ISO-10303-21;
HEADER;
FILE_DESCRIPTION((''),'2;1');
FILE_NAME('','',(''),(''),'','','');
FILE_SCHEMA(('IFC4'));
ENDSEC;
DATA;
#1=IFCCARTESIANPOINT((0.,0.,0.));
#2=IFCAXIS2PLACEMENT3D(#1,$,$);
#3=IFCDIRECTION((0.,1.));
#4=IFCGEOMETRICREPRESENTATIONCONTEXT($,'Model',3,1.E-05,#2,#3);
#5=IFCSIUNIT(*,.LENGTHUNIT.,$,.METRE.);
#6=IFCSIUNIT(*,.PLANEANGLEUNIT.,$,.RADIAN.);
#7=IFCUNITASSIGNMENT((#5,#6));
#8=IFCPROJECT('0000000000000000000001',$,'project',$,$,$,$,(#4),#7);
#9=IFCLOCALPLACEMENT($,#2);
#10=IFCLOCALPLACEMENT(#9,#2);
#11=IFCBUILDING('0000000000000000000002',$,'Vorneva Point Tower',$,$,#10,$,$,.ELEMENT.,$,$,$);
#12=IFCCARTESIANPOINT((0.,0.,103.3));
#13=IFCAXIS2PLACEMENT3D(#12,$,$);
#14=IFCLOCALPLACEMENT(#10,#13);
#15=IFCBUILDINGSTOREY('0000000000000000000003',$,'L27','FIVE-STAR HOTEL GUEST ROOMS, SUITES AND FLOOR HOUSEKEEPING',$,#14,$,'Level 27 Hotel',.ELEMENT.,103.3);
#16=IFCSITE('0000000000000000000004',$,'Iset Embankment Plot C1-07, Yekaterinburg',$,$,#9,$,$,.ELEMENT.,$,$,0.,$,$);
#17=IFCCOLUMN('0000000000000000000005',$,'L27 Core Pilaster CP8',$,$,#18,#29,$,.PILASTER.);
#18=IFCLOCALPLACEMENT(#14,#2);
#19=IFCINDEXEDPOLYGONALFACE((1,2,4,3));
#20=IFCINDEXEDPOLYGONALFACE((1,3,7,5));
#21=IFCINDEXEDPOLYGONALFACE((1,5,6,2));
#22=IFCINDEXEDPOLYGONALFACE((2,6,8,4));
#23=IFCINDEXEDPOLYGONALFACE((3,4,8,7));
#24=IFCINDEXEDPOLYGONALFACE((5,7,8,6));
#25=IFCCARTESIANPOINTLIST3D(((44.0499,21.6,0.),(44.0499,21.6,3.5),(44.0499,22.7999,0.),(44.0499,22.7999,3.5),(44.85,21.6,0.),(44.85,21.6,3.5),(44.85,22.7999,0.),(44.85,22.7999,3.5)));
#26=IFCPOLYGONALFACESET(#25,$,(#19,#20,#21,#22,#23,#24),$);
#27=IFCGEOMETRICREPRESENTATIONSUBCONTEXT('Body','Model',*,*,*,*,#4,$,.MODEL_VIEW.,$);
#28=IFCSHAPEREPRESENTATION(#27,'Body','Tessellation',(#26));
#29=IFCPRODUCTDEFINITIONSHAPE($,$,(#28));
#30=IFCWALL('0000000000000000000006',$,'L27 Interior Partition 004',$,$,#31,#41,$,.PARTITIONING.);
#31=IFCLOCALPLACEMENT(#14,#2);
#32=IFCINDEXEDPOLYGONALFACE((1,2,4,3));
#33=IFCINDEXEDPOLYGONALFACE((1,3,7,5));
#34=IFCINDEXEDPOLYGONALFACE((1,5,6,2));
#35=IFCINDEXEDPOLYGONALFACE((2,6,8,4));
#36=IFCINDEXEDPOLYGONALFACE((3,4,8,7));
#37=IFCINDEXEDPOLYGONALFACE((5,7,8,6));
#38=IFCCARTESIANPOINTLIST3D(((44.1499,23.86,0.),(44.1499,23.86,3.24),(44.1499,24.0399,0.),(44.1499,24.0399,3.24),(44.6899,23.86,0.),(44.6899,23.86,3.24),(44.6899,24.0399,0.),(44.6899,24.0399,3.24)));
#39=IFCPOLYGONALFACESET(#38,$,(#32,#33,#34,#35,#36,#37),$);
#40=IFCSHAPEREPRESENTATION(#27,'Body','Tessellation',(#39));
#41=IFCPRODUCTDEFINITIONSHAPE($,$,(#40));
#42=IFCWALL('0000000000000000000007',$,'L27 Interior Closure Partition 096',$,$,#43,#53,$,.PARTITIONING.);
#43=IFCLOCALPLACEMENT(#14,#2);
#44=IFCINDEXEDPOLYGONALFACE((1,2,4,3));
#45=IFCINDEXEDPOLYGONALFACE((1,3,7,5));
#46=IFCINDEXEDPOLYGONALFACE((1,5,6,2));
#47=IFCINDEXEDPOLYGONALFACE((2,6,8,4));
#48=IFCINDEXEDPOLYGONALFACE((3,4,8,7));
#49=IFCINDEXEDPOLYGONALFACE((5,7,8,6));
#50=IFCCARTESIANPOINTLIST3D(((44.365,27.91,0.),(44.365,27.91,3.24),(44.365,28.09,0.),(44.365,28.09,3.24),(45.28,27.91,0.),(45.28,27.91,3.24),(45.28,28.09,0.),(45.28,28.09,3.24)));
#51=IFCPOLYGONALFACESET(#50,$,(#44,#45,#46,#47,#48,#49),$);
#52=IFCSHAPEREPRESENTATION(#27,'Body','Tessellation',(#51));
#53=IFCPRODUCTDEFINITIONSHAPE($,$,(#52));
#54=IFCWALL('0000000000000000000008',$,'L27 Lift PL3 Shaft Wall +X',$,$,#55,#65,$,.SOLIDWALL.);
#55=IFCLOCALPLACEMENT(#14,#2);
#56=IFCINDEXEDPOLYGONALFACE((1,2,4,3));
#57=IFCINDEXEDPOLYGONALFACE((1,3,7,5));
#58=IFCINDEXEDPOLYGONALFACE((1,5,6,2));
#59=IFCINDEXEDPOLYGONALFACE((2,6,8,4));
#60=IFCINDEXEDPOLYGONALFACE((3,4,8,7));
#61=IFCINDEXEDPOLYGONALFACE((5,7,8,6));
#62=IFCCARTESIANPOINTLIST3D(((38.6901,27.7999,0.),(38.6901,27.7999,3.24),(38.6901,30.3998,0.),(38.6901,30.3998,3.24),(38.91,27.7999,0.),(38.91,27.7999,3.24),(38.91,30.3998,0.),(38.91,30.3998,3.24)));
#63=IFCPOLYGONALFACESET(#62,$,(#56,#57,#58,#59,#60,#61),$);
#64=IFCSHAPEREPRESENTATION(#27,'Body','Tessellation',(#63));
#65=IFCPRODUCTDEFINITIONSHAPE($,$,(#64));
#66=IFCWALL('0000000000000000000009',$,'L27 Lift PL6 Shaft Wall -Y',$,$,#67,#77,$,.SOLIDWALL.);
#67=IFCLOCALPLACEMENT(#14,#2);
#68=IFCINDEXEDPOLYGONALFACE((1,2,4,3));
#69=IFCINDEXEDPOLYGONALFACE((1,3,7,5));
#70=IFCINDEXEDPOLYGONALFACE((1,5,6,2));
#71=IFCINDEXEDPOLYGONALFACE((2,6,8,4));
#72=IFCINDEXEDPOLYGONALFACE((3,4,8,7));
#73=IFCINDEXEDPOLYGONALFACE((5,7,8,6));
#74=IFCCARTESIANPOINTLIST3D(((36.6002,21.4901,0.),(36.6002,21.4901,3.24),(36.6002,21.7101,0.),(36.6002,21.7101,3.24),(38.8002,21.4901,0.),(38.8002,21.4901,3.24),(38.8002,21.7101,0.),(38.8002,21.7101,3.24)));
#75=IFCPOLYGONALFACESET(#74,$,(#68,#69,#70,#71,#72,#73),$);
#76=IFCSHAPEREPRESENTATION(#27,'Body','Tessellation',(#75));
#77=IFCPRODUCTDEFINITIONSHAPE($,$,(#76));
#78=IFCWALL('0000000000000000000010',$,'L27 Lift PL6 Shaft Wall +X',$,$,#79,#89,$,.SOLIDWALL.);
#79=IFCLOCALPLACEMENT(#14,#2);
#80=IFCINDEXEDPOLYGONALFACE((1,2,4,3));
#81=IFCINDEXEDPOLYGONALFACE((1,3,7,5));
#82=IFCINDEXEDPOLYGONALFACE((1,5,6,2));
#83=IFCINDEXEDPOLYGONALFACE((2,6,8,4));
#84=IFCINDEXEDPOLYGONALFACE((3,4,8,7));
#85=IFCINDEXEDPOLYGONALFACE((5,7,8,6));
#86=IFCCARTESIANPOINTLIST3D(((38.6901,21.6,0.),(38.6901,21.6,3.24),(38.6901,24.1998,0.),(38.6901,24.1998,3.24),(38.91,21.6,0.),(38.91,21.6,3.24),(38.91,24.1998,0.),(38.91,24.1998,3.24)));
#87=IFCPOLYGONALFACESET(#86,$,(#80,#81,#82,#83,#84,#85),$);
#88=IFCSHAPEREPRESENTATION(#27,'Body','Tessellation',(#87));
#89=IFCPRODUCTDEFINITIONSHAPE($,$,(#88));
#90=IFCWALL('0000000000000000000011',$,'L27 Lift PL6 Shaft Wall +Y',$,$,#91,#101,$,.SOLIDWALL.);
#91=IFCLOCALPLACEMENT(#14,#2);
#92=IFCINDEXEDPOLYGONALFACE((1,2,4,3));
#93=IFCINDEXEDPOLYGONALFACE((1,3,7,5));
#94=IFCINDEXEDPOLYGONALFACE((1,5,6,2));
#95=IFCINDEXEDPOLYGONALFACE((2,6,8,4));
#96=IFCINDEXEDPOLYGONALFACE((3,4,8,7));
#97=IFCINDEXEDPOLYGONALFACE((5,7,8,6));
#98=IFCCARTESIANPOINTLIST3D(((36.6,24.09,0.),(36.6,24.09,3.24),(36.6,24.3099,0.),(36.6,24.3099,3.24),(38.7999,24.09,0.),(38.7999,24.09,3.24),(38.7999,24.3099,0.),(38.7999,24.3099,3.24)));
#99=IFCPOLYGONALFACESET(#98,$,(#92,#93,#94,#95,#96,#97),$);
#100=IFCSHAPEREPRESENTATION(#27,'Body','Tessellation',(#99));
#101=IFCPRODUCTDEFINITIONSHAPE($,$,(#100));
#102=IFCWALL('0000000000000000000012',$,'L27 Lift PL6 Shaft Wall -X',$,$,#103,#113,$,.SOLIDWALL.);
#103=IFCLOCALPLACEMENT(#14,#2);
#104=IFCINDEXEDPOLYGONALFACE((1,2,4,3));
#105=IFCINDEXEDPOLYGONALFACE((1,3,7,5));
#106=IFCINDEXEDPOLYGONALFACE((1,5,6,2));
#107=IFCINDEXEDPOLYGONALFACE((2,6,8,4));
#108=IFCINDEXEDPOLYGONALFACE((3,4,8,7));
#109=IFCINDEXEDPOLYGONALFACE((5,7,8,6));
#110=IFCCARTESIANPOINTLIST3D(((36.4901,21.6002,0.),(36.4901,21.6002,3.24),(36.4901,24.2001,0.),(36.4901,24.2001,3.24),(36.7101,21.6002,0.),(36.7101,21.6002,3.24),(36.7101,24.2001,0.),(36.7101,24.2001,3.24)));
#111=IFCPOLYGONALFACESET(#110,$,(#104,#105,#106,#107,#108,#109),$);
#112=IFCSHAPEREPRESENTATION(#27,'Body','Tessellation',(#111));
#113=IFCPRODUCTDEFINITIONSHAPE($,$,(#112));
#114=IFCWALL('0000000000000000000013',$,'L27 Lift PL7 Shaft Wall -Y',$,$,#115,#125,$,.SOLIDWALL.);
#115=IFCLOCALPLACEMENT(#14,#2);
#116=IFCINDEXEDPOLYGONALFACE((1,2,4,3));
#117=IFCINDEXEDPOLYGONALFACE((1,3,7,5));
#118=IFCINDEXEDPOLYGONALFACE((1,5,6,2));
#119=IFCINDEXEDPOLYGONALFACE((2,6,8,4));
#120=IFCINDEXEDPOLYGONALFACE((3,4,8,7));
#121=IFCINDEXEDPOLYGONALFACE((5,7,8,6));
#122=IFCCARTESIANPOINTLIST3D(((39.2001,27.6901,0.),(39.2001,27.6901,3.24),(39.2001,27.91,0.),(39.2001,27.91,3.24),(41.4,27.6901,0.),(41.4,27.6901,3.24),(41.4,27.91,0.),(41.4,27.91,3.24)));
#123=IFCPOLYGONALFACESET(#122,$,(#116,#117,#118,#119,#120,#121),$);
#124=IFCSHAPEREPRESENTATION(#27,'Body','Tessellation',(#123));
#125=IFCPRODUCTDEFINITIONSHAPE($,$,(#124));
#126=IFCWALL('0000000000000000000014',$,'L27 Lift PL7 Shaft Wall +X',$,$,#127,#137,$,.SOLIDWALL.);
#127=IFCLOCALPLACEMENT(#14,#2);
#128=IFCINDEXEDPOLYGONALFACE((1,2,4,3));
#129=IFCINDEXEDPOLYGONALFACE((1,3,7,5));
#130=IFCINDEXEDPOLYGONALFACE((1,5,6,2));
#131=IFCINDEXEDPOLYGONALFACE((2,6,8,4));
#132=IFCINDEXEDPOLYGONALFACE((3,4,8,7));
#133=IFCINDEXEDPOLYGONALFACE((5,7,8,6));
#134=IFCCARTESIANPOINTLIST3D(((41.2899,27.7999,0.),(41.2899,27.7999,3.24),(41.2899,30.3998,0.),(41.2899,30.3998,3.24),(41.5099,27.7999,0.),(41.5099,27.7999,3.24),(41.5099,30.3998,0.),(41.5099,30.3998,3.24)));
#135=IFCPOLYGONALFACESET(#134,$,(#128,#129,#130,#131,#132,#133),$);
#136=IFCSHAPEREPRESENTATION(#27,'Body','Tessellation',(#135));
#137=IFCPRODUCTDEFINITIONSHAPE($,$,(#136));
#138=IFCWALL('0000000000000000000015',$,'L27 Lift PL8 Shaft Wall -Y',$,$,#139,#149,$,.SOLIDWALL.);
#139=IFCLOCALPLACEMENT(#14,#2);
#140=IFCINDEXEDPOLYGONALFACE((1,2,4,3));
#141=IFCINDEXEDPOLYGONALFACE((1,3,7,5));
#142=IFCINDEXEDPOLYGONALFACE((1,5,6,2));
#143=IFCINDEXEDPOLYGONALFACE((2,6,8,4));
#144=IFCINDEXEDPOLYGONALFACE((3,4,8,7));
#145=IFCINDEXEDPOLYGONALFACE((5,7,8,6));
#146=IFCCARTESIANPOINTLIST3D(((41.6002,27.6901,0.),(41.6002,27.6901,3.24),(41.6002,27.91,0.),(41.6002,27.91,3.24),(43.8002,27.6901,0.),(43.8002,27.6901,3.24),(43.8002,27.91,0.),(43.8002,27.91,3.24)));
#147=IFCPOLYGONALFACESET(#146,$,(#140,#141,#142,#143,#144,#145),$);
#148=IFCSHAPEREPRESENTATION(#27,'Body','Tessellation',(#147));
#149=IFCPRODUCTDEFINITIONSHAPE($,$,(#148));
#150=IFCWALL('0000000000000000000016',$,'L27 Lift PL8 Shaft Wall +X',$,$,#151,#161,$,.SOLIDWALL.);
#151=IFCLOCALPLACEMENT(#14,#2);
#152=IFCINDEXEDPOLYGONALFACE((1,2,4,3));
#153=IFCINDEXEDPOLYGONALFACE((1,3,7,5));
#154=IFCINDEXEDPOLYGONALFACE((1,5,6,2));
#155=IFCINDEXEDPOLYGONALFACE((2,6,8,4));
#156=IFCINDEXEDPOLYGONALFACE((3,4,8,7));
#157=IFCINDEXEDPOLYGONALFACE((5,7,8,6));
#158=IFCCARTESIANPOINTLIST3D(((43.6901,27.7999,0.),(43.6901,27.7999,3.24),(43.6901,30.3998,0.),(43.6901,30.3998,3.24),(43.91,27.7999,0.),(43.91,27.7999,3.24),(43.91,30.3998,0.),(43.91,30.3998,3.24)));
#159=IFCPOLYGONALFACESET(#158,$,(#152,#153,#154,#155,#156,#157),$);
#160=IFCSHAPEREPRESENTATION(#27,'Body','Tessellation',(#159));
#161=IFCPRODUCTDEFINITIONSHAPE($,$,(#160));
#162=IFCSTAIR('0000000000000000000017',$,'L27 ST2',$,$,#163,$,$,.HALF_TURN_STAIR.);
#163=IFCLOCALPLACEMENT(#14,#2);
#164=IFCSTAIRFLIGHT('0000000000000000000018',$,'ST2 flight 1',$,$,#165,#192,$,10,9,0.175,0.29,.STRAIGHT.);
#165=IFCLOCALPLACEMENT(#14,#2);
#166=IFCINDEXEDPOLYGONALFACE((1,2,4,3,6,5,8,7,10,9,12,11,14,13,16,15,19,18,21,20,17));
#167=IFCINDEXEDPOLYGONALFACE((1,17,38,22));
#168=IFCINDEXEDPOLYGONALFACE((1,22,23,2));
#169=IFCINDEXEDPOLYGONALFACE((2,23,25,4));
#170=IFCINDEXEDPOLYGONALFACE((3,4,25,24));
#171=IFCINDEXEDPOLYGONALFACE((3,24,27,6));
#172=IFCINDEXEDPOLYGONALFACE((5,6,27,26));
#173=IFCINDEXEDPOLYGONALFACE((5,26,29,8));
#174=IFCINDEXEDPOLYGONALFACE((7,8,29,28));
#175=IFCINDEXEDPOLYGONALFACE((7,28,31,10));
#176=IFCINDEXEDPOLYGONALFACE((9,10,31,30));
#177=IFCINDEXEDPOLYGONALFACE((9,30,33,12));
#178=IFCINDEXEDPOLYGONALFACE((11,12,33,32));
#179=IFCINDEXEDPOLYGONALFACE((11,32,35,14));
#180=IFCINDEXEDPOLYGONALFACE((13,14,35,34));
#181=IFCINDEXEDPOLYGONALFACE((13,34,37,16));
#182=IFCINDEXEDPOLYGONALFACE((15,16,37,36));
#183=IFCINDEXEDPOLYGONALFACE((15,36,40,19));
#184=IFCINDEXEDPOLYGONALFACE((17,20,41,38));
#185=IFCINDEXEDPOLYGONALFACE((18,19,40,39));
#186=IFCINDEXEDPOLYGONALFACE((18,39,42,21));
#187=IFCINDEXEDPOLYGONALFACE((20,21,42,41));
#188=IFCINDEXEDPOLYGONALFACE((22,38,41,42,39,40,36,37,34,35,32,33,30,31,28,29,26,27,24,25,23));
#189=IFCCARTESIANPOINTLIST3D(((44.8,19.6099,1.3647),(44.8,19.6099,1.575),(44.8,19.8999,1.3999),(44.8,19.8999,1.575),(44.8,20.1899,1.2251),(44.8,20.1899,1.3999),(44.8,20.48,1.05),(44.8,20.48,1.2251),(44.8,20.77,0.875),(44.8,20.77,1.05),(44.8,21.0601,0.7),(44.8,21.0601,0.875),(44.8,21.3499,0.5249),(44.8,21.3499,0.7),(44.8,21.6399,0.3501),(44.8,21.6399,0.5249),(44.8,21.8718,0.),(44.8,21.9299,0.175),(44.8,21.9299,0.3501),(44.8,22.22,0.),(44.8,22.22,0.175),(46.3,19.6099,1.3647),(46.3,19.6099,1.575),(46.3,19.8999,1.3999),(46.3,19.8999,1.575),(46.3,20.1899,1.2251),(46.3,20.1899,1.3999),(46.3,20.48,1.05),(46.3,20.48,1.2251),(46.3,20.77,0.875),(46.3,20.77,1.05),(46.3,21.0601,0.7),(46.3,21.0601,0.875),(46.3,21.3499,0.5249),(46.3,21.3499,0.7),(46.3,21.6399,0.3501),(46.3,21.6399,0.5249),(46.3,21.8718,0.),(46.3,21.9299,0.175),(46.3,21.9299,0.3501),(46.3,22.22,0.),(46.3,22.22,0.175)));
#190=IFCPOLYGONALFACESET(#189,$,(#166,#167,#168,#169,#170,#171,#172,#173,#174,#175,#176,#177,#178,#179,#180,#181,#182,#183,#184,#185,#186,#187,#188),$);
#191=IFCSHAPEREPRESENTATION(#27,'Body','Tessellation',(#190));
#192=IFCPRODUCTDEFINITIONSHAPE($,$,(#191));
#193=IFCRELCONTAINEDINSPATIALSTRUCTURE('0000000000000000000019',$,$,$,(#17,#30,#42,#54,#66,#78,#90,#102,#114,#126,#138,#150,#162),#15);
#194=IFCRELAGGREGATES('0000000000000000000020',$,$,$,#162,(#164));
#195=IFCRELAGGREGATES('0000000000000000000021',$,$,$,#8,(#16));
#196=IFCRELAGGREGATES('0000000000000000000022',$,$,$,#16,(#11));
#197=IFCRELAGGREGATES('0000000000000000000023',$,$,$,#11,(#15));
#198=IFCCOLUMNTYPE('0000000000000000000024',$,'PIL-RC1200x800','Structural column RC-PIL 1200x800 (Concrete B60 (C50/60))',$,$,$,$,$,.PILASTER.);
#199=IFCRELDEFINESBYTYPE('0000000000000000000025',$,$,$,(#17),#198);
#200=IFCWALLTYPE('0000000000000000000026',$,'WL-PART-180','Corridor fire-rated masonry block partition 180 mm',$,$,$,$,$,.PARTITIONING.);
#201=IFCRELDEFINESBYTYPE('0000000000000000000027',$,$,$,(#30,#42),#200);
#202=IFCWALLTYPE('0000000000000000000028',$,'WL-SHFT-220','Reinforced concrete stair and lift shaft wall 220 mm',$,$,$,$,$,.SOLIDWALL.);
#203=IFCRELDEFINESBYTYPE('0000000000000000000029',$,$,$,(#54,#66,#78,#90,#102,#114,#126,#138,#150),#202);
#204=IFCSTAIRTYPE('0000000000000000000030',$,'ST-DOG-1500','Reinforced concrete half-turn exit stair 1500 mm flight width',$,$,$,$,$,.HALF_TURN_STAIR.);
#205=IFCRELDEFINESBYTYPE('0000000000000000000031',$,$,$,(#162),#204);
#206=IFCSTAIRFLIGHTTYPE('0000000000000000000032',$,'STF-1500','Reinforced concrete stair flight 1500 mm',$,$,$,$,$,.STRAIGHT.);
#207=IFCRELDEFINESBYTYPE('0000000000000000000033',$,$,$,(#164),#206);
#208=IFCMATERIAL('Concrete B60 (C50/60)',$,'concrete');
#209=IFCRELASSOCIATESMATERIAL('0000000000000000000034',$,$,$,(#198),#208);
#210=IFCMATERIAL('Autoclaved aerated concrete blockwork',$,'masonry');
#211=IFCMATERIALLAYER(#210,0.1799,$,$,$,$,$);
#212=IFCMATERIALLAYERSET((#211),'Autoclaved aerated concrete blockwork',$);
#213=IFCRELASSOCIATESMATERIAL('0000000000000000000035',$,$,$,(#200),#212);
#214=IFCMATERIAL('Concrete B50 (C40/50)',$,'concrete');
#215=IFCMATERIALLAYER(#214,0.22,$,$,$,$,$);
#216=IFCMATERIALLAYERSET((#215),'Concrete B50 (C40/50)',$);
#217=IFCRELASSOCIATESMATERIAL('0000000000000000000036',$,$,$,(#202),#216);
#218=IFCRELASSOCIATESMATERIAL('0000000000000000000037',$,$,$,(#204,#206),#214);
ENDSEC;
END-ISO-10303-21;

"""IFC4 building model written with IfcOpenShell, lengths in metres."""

from ifc_helpers import new_model, si_unit, direction, frame, frame_2d, origin, origin_2d, place, context, subcontext, project, spatial, polyline, rectangle, outline, extrude, material, layer, layer_set, material_profile, profile_set, type_object, element, aggregate, save


model = new_model("IFC4")

# Units and contexts
model_context = context("Model", 3, precision=1e-05, world=origin(), true_north=direction((0.0, 1.0)))
body_context = subcontext(model_context, "Body", "Model", "MODEL_VIEW")
ifc_project = project(units=[si_unit("LENGTHUNIT", "METRE"), si_unit("PLANEANGLEUNIT", "RADIAN")], contexts=[model_context])

# Site, building, storey
site_placement = place(None, origin())
site = spatial("IfcSite", under=ifc_project, at=site_placement, Name="Iset Embankment Plot C1-07, Yekaterinburg", CompositionType="ELEMENT", RefElevation=0.0)
building_placement = place(site_placement, origin())
building = spatial("IfcBuilding", under=site, at=building_placement, Name="Vorneva Point Tower", CompositionType="ELEMENT")
storey_placement = place(building_placement, frame((0.0, 0.0, 103.3)))
storey = spatial("IfcBuildingStorey", under=building, at=storey_placement, Name="L27", Description="FIVE-STAR HOTEL GUEST ROOMS, SUITES AND FLOOR HOUSEKEEPING", LongName="Level 27 Hotel", CompositionType="ELEMENT", Elevation=103.3)

# Column
ifc_material_1 = material(Name="Concrete B60 (C50/60)", Category="concrete")
ifc_material_profile = material_profile(ifc_material_1, rectangle(XDim=0.8, YDim=1.2, at=origin_2d()), Name="RC-PIL 1200x800")
ifc_profile_set = profile_set([ifc_material_profile], Name="Concrete B60 (C50/60)")
column_type = type_object("IfcColumnType", Name="PIL-RC1200x800", Description="Structural column RC-PIL 1200x800 (Concrete B60 (C50/60))", PredefinedType="PILASTER", material=ifc_profile_set)
column_placement = place(storey_placement, frame((44.45, 22.2, 0.0), z_axis=(0.0, 0.0, 1.0), x_axis=(1.0, 0.0, 0.0)))
element("IfcColumn", 1, at=column_placement, inside=storey, type_object=column_type, Name="L27 Core Pilaster CP8", PredefinedType="PILASTER", context=body_context, shape_type="SweptSolid", body=[
    extrude(rectangle(XDim=0.8, YDim=1.2, at=origin_2d()), origin(), (0.0, 0.0, 1.0), 3.5),
])

# Shared definitions
ifc_material_2 = material(Name="Autoclaved aerated concrete blockwork", Category="masonry")
ifc_layer_1 = layer(ifc_material_2, 0.1799)
ifc_layer_set_1 = layer_set([ifc_layer_1], Name="Autoclaved aerated concrete blockwork")
wall_type_1 = type_object("IfcWallType", Name="WL-PART-180", Description="Corridor fire-rated masonry block partition 180 mm", PredefinedType="PARTITIONING", material=ifc_layer_set_1)

# Wall
wall_1_placement = place(storey_placement, frame((44.1499, 23.95, 0.0), z_axis=(0.0, 0.0, 1.0), x_axis=(1.0, 0.0, 0.0)))
element("IfcWall", 2, at=wall_1_placement, inside=storey, type_object=wall_type_1, Name="L27 Interior Partition 004", PredefinedType="PARTITIONING", context=body_context, shape_type="SweptSolid", body=[
    extrude(rectangle(XDim=0.54, YDim=0.1799, at=frame_2d((0.27, 0.0))), origin(), (0.0, 0.0, 1.0), 3.24),
])

# Wall
wall_2_placement = place(storey_placement, frame((45.28, 28.0, 0.0), z_axis=(0.0, 0.0, 1.0), x_axis=(-1.0, 0.0, 0.0)))
element("IfcWall", 3, at=wall_2_placement, inside=storey, type_object=wall_type_1, Name="L27 Interior Closure Partition 096", PredefinedType="PARTITIONING", context=body_context, shape_type="SweptSolid", body=[
    extrude(rectangle(XDim=0.915, YDim=0.1799, at=frame_2d((0.4575, 0.0))), origin(), (0.0, 0.0, 1.0), 3.24),
])

# Shared definitions
ifc_material_3 = material(Name="Concrete B50 (C40/50)", Category="concrete")
ifc_layer_2 = layer(ifc_material_3, 0.22)
ifc_layer_set_2 = layer_set([ifc_layer_2], Name="Concrete B50 (C40/50)")
wall_type_2 = type_object("IfcWallType", Name="WL-SHFT-220", Description="Reinforced concrete stair and lift shaft wall 220 mm", PredefinedType="SOLIDWALL", material=ifc_layer_set_2)

# Walls
wall_3_placement = place(storey_placement, frame((38.8, 27.8, 0.0), z_axis=(0.0, 0.0, 1.0), x_axis=(0.0, 1.0, 0.0)))
element("IfcWall", 4, at=wall_3_placement, inside=storey, type_object=wall_type_2, Name="L27 Lift PL3 Shaft Wall +X", PredefinedType="SOLIDWALL", context=body_context, shape_type="SweptSolid", body=[
    extrude(rectangle(XDim=2.5999, YDim=0.22, at=frame_2d((1.2998, 0.0))), origin(), (0.0, 0.0, 1.0), 3.24),
])
wall_4_placement = place(storey_placement, frame((36.6001, 21.6001, 0.0), z_axis=(0.0, 0.0, 1.0), x_axis=(1.0, 0.0, 0.0)))
element("IfcWall", 5, at=wall_4_placement, inside=storey, type_object=wall_type_2, Name="L27 Lift PL6 Shaft Wall -Y", PredefinedType="SOLIDWALL", context=body_context, shape_type="SweptSolid", body=[
    extrude(rectangle(XDim=2.2, YDim=0.22, at=frame_2d((1.1001, 0.0))), origin(), (0.0, 0.0, 1.0), 3.24),
])
wall_5_placement = place(storey_placement, frame((38.8, 21.6001, 0.0), z_axis=(0.0, 0.0, 1.0), x_axis=(0.0, 1.0, 0.0)))
element("IfcWall", 6, at=wall_5_placement, inside=storey, type_object=wall_type_2, Name="L27 Lift PL6 Shaft Wall +X", PredefinedType="SOLIDWALL", context=body_context, shape_type="SweptSolid", body=[
    extrude(rectangle(XDim=2.5999, YDim=0.22, at=frame_2d((1.2998, 0.0))), origin(), (0.0, 0.0, 1.0), 3.24),
])
wall_6_placement = place(storey_placement, frame((38.8, 24.2, 0.0), z_axis=(0.0, 0.0, 1.0), x_axis=(-1.0, 0.0, 0.0)))
element("IfcWall", 7, at=wall_6_placement, inside=storey, type_object=wall_type_2, Name="L27 Lift PL6 Shaft Wall +Y", PredefinedType="SOLIDWALL", context=body_context, shape_type="SweptSolid", body=[
    extrude(rectangle(XDim=2.2, YDim=0.22, at=frame_2d((1.1001, 0.0))), origin(), (0.0, 0.0, 1.0), 3.24),
])
wall_7_placement = place(storey_placement, frame((36.6001, 24.2, 0.0), z_axis=(0.0, 0.0, 1.0), x_axis=(0.0, -1.0, 0.0)))
element("IfcWall", 8, at=wall_7_placement, inside=storey, type_object=wall_type_2, Name="L27 Lift PL6 Shaft Wall -X", PredefinedType="SOLIDWALL", context=body_context, shape_type="SweptSolid", body=[
    extrude(rectangle(XDim=2.5999, YDim=0.22, at=frame_2d((1.2998, 0.0))), origin(), (0.0, 0.0, 1.0), 3.24),
])
wall_8_placement = place(storey_placement, frame((39.2, 27.8, 0.0), z_axis=(0.0, 0.0, 1.0), x_axis=(1.0, 0.0, 0.0)))
element("IfcWall", 9, at=wall_8_placement, inside=storey, type_object=wall_type_2, Name="L27 Lift PL7 Shaft Wall -Y", PredefinedType="SOLIDWALL", context=body_context, shape_type="SweptSolid", body=[
    extrude(rectangle(XDim=2.2, YDim=0.22, at=frame_2d((1.1001, 0.0))), origin(), (0.0, 0.0, 1.0), 3.24),
])
wall_9_placement = place(storey_placement, frame((41.3999, 27.8, 0.0), z_axis=(0.0, 0.0, 1.0), x_axis=(0.0, 1.0, 0.0)))
element("IfcWall", 10, at=wall_9_placement, inside=storey, type_object=wall_type_2, Name="L27 Lift PL7 Shaft Wall +X", PredefinedType="SOLIDWALL", context=body_context, shape_type="SweptSolid", body=[
    extrude(rectangle(XDim=2.5999, YDim=0.22, at=frame_2d((1.2998, 0.0))), origin(), (0.0, 0.0, 1.0), 3.24),
])
wall_10_placement = place(storey_placement, frame((41.6001, 27.8, 0.0), z_axis=(0.0, 0.0, 1.0), x_axis=(1.0, 0.0, 0.0)))
element("IfcWall", 11, at=wall_10_placement, inside=storey, type_object=wall_type_2, Name="L27 Lift PL8 Shaft Wall -Y", PredefinedType="SOLIDWALL", context=body_context, shape_type="SweptSolid", body=[
    extrude(rectangle(XDim=2.2, YDim=0.22, at=frame_2d((1.1001, 0.0))), origin(), (0.0, 0.0, 1.0), 3.24),
])
wall_11_placement = place(storey_placement, frame((43.8, 27.8, 0.0), z_axis=(0.0, 0.0, 1.0), x_axis=(0.0, 1.0, 0.0)))
element("IfcWall", 12, at=wall_11_placement, inside=storey, type_object=wall_type_2, Name="L27 Lift PL8 Shaft Wall +X", PredefinedType="SOLIDWALL", context=body_context, shape_type="SweptSolid", body=[
    extrude(rectangle(XDim=2.5999, YDim=0.22, at=frame_2d((1.2998, 0.0))), origin(), (0.0, 0.0, 1.0), 3.24),
])

# Stair, stair flight
stair_type = type_object("IfcStairType", Name="ST-DOG-1500", Description="Reinforced concrete half-turn exit stair 1500 mm flight width", PredefinedType="HALF_TURN_STAIR", material=ifc_material_3)
stair_placement = place(storey_placement, origin())
stair = element("IfcStair", 13, at=stair_placement, inside=storey, type_object=stair_type, Name="L27 ST2", PredefinedType="HALF_TURN_STAIR")
stair_flight_type = type_object("IfcStairFlightType", Name="STF-1500", Description="Reinforced concrete stair flight 1500 mm", PredefinedType="STRAIGHT", material=ifc_material_3)
stair_flight_placement = place(storey_placement, frame((45.55, 22.22, 0.0), z_axis=(0.0, 0.0, 1.0), x_axis=(0.0, -1.0, 0.0)))
stair_flight = element("IfcStairFlight", 14, at=stair_flight_placement, type_object=stair_flight_type, Name="ST2 flight 1", NumberOfRisers=10, NumberOfTreads=9, PredefinedType="STRAIGHT", RiserHeight=0.175, TreadLength=0.29, context=body_context, shape_type="SweptSolid", body=[
    extrude(outline(polyline([(0.0, 0.0), (0.0, 0.175), (0.29, 0.175), (0.29, 0.3501), (0.5801, 0.3501), (0.5801, 0.5249), (0.8701, 0.5249), (0.8701, 0.7), (1.1599, 0.7), (1.1599, 0.875), (1.45, 0.875), (1.45, 1.05), (1.74, 1.05), (1.74, 1.2251), (2.03, 1.2251), (2.03, 1.3999), (2.3201, 1.3999), (2.3201, 1.575), (2.6101, 1.575), (2.6101, 1.75), (2.6101, 1.3647), (0.3481, 0.0), (0.0, 0.0)])), frame((0.0, 0.75, 0.0), z_axis=(0.0, -1.0, 0.0), x_axis=(1.0, 0.0, 0.0)), (0.0, 0.0, 1.0), 1.5),
])
aggregate(stair, [stair_flight])

save(model, "model.ifc")
